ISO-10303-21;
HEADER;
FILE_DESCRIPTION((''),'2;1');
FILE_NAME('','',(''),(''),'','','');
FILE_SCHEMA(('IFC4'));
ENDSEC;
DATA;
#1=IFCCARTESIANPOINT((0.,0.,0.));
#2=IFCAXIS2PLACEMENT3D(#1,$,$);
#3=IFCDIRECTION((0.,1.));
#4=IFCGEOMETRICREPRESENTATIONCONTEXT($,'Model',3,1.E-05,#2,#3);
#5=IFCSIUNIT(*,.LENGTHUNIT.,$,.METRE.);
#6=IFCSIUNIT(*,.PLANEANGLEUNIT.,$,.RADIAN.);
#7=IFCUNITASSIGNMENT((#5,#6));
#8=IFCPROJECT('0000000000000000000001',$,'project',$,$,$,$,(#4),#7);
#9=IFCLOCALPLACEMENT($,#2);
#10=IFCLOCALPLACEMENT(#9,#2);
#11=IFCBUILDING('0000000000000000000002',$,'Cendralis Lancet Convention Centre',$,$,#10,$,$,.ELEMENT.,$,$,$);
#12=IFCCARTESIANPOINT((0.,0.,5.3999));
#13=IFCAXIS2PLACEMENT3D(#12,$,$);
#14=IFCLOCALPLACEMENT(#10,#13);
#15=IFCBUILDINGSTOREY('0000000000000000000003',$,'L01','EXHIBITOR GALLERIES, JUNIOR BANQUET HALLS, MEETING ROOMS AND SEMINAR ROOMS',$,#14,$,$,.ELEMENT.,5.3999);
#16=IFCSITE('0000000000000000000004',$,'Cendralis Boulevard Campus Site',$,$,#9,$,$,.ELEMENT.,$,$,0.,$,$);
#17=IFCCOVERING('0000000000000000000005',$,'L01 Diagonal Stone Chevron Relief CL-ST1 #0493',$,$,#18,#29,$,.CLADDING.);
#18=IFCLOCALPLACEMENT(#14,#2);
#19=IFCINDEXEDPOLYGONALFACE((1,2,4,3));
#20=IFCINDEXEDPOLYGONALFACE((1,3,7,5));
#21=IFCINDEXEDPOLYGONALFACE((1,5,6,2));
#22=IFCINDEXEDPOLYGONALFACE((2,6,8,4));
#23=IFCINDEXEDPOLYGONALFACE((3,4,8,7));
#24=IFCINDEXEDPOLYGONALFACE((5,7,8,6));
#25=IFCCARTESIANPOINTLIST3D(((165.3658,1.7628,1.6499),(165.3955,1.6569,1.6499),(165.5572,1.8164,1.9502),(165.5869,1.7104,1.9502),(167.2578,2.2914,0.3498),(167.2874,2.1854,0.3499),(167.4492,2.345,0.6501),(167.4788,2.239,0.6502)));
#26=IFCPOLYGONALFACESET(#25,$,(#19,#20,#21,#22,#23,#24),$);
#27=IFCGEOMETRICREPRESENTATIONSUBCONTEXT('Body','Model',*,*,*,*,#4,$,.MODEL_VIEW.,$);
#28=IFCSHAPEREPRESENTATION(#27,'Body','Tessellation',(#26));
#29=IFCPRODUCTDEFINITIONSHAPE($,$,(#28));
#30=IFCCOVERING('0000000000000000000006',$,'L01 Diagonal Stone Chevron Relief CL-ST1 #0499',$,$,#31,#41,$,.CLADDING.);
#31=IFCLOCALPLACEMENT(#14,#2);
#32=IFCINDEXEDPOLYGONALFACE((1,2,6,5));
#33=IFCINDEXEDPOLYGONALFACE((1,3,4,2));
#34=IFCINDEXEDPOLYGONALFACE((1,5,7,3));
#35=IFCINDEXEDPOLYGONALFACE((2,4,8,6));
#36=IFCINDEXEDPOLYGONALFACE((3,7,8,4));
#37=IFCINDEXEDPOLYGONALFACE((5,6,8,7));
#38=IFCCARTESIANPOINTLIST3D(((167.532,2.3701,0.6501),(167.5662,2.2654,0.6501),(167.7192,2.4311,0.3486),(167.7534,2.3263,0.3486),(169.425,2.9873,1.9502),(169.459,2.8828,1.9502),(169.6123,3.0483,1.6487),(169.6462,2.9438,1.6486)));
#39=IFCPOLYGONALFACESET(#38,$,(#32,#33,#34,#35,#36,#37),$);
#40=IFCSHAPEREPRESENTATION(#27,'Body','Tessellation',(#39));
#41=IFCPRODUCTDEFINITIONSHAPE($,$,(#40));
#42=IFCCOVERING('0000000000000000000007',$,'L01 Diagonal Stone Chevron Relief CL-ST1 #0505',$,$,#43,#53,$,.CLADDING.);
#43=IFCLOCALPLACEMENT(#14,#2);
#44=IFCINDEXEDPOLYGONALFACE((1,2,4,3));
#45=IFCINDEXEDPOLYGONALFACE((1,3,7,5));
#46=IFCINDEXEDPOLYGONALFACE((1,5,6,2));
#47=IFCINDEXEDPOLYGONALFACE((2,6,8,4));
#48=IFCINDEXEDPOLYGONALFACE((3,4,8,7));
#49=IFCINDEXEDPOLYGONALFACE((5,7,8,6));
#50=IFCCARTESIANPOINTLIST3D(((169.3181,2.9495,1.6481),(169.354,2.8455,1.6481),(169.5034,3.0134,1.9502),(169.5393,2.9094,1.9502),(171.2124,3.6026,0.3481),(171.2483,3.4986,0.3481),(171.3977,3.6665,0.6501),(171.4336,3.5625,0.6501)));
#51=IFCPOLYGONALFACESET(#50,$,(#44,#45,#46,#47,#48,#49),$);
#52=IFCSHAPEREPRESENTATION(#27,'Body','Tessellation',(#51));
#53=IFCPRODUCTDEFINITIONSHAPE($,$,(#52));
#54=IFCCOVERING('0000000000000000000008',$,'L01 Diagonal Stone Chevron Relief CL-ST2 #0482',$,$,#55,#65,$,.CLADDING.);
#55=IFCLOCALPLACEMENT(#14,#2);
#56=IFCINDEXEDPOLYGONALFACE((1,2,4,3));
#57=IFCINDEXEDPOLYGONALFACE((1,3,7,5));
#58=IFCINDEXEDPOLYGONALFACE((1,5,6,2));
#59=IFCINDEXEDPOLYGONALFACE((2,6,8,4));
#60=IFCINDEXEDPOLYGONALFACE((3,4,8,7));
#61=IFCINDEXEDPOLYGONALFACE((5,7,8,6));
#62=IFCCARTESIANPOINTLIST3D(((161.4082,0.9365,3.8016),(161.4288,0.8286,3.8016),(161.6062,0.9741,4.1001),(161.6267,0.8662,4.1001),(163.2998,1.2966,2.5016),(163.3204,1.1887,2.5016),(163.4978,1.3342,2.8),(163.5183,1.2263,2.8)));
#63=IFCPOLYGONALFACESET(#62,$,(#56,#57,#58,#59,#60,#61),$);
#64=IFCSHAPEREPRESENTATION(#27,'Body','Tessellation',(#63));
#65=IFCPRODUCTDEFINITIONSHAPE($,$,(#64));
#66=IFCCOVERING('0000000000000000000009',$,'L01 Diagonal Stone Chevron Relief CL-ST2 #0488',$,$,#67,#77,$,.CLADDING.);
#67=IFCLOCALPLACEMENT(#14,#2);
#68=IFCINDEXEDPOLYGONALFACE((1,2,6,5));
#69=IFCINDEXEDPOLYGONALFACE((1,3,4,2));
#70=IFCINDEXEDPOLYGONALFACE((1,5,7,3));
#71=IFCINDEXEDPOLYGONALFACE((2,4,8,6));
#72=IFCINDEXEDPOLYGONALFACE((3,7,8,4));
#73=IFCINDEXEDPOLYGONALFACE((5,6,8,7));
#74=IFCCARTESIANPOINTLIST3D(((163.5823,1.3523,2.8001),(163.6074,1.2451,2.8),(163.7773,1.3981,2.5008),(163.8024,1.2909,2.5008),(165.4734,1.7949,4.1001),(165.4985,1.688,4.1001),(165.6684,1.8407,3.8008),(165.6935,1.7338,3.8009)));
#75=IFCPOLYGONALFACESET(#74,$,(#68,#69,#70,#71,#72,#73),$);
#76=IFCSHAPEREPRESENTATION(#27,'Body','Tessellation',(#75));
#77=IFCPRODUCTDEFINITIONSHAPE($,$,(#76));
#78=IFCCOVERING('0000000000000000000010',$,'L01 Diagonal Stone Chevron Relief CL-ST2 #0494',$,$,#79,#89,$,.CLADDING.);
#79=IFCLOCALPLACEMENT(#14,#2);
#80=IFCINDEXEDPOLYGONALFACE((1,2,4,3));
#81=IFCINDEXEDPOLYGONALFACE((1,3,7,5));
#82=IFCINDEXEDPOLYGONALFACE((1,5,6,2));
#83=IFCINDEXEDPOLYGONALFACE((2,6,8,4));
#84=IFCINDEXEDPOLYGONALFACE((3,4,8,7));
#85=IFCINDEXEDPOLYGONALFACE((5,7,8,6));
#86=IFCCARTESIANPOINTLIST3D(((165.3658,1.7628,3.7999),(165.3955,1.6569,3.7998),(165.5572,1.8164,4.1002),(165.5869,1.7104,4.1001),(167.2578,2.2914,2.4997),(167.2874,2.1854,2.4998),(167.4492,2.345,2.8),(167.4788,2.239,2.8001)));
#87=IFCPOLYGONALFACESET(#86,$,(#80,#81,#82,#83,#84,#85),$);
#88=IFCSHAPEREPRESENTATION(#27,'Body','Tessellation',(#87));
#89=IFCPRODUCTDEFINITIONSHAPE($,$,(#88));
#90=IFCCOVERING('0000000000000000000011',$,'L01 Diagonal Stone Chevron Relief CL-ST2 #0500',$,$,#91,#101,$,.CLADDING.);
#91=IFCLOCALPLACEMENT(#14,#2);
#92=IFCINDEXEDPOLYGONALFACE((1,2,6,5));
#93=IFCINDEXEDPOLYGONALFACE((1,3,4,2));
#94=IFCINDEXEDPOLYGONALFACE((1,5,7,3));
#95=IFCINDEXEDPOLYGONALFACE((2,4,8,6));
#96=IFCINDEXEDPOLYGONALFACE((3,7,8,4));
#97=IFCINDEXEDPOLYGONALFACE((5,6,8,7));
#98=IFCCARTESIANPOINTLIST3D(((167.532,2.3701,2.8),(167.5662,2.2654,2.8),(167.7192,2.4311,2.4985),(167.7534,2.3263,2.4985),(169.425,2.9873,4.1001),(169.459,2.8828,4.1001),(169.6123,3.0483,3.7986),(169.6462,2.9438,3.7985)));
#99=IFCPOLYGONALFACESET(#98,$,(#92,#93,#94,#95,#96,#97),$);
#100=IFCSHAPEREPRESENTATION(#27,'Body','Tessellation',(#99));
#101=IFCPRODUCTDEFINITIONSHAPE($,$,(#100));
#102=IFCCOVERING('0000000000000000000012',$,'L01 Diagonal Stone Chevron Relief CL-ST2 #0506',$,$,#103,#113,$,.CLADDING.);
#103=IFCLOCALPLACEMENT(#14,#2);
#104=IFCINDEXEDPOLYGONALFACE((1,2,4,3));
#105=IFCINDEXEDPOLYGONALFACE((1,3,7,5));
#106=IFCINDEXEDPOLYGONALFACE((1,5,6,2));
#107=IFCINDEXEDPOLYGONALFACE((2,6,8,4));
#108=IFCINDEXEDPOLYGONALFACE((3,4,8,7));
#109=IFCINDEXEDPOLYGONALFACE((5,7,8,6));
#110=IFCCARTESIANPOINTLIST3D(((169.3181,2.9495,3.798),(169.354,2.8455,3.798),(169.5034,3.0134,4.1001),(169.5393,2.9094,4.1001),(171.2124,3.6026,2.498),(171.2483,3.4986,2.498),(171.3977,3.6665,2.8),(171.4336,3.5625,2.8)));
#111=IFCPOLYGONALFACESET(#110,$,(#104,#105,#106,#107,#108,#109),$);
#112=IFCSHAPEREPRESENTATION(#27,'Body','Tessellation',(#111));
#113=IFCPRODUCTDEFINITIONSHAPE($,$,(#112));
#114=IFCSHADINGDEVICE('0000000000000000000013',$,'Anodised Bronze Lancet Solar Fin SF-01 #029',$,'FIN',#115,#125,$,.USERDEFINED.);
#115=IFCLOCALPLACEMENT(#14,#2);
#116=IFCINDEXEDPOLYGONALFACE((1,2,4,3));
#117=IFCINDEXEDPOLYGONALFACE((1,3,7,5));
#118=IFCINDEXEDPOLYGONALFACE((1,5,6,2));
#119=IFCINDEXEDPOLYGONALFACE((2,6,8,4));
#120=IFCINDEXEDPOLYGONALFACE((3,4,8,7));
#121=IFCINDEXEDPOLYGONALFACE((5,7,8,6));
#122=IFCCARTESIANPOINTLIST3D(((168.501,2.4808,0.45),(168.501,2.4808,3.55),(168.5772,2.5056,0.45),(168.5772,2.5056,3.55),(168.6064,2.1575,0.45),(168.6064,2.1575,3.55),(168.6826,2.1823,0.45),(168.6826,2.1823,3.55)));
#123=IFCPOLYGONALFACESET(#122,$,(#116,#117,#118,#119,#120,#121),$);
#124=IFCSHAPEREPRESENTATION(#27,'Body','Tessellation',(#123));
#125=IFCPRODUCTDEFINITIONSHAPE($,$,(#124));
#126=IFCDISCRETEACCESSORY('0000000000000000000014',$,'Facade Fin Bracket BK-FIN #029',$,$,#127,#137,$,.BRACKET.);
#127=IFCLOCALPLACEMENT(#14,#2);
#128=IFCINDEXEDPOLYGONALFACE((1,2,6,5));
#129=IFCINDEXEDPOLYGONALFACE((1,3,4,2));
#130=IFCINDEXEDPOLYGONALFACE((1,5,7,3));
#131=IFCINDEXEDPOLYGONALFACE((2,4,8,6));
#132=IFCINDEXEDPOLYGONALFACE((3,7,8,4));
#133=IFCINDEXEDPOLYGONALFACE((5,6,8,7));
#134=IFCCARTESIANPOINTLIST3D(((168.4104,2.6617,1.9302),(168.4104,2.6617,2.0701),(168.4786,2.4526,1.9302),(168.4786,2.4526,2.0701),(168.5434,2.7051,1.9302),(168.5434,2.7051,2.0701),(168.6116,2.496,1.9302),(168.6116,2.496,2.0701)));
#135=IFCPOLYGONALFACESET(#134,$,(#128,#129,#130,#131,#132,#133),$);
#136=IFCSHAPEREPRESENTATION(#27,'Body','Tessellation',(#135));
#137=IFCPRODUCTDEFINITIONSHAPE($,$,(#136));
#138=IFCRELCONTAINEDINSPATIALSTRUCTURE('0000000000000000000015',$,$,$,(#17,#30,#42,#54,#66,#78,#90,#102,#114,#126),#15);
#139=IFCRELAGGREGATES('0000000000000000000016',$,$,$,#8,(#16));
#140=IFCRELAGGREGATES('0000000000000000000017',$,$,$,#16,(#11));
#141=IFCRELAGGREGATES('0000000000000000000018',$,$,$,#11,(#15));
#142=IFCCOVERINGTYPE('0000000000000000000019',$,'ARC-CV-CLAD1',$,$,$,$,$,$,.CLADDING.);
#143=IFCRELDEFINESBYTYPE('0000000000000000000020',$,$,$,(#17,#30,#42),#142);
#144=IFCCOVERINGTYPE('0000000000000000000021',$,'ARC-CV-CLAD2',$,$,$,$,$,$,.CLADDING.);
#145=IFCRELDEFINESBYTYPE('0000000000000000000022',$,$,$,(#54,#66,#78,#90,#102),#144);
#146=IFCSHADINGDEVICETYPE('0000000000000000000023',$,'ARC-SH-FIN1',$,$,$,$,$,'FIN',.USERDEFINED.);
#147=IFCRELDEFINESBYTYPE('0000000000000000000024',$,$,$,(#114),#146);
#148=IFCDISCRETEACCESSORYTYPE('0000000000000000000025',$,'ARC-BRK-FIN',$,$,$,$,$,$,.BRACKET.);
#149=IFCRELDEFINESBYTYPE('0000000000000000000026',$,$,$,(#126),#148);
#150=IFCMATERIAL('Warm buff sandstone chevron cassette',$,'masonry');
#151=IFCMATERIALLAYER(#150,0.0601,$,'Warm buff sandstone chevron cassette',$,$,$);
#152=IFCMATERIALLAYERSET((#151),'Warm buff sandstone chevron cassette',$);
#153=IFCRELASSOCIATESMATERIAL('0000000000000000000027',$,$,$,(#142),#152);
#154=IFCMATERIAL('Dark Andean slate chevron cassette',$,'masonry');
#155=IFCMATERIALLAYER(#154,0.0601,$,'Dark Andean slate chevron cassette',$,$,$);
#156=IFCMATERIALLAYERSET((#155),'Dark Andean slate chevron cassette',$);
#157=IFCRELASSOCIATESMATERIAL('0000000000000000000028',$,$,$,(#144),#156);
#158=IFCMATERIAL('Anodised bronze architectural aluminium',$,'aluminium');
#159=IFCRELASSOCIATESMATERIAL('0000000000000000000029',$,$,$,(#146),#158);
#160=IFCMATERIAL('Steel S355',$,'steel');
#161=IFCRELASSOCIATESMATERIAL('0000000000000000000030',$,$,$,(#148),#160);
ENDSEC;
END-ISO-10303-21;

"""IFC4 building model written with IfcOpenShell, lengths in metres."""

from ifc_helpers import new_model, si_unit, direction, frame, origin, origin_2d, place, context, subcontext, project, spatial, polyline, rectangle, outline, extrude, material, layer, layer_set, type_object, element, save


model = new_model("IFC4")

# Units and contexts
model_context = context("Model", 3, precision=1e-05, world=origin(), true_north=direction((0.0, 1.0)))
body_context = subcontext(model_context, "Body", "Model", "MODEL_VIEW")
ifc_project = project(units=[si_unit("LENGTHUNIT", "METRE"), si_unit("PLANEANGLEUNIT", "RADIAN")], contexts=[model_context])

# Site, building, storey
site_placement = place(None, origin())
site = spatial("IfcSite", under=ifc_project, at=site_placement, Name="Cendralis Boulevard Campus Site", CompositionType="ELEMENT", RefElevation=0.0)
building_placement = place(site_placement, origin())
building = spatial("IfcBuilding", under=site, at=building_placement, Name="Cendralis Lancet Convention Centre", CompositionType="ELEMENT")
storey_placement = place(building_placement, frame((0.0, 0.0, 5.3999)))
storey = spatial("IfcBuildingStorey", under=building, at=storey_placement, Name="L01", Description="EXHIBITOR GALLERIES, JUNIOR BANQUET HALLS, MEETING ROOMS AND SEMINAR ROOMS", CompositionType="ELEMENT", Elevation=5.3999)

# Shared definitions
ifc_material_1 = material(Name="Warm buff sandstone chevron cassette", Category="masonry")
ifc_material_2 = material(Name="Dark Andean slate chevron cassette", Category="masonry")

# Coverings
ifc_layer_1 = layer(ifc_material_1, 0.0601, Name="Warm buff sandstone chevron cassette")
ifc_layer_set_1 = layer_set([ifc_layer_1], Name="Warm buff sandstone chevron cassette")
covering_type_1 = type_object("IfcCoveringType", Name="ARC-CV-CLAD1", PredefinedType="CLADDING", material=ifc_layer_set_1)
covering_1_placement = place(storey_placement, frame((165.5869, 1.7104, 1.9502), z_axis=(0.531454, 0.148783, 0.833919), x_axis=(0.803161, 0.224396, -0.551887)))
element("IfcCovering", 1, at=covering_1_placement, inside=storey, type_object=covering_type_1, Name="L01 Diagonal Stone Chevron Relief CL-ST1 #0493", PredefinedType="CLADDING", context=body_context, shape_type="SweptSolid", body=[
    extrude(outline(polyline([(0.0, 0.0), (2.3555, 0.0), (2.3556, 0.11), (-0.0001, 0.1101), (0.0, 0.0)])), origin(), (0.0, 0.0, -1.0), 0.3601),
])
covering_2_placement = place(storey_placement, frame((167.5662, 2.2654, 0.6501), z_axis=(-0.519865, -0.169244, 0.837315), x_axis=(0.796035, 0.259664, 0.54672)))
element("IfcCovering", 2, at=covering_2_placement, inside=storey, type_object=covering_type_1, Name="L01 Diagonal Stone Chevron Relief CL-ST1 #0499", PredefinedType="CLADDING", context=body_context, shape_type="SweptSolid", body=[
    extrude(outline(polyline([(0.0, 0.0), (2.3778, 0.0), (2.378, 0.1099), (0.0, 0.1102), (0.0, 0.0)])), origin(), (0.0, 0.0, -1.0), 0.3601),
])
covering_3_placement = place(storey_placement, frame((169.5393, 2.9094, 1.9502), z_axis=(0.514522, 0.177546, 0.838895), x_axis=(0.793085, 0.273425, -0.544294)))
element("IfcCovering", 3, at=covering_3_placement, inside=storey, type_object=covering_type_1, Name="L01 Diagonal Stone Chevron Relief CL-ST1 #0505", PredefinedType="CLADDING", context=body_context, shape_type="SweptSolid", body=[
    extrude(outline(polyline([(0.0, 0.0), (2.3885, 0.0), (2.3885, 0.11), (0.0, 0.11), (0.0, 0.0)])), origin(), (0.0, 0.0, -1.0), 0.3601),
])
ifc_layer_2 = layer(ifc_material_2, 0.0601, Name="Dark Andean slate chevron cassette")
ifc_layer_set_2 = layer_set([ifc_layer_2], Name="Dark Andean slate chevron cassette")
covering_type_2 = type_object("IfcCoveringType", Name="ARC-CV-CLAD2", PredefinedType="CLADDING", material=ifc_layer_set_2)
covering_4_placement = place(storey_placement, frame((161.6267, 0.8662, 4.1001), z_axis=(0.549719, 0.104471, 0.828791), x_axis=(0.814169, 0.154995, -0.559558)))
element("IfcCovering", 4, at=covering_4_placement, inside=storey, type_object=covering_type_2, Name="L01 Diagonal Stone Chevron Relief CL-ST2 #0482", PredefinedType="CLADDING", context=body_context, shape_type="SweptSolid", body=[
    extrude(outline(polyline([(0.0, 0.0), (2.3234, 0.0), (2.3234, 0.1098), (0.0, 0.1098), (0.0, 0.0)])), origin(), (0.0, 0.0, -1.0), 0.3601),
])
covering_5_placement = place(storey_placement, frame((163.6074, 1.2451, 2.8), z_axis=(-0.541506, -0.127195, 0.831019), x_axis=(0.809128, 0.189486, 0.556244)))
element("IfcCovering", 5, at=covering_5_placement, inside=storey, type_object=covering_type_2, Name="L01 Diagonal Stone Chevron Relief CL-ST2 #0488", PredefinedType="CLADDING", context=body_context, shape_type="SweptSolid", body=[
    extrude(outline(polyline([(0.0, 0.0), (2.3372, 0.0), (2.3371, 0.1099), (0.0, 0.1101), (0.0, 0.0)])), origin(), (0.0, 0.0, -1.0), 0.3601),
])
covering_6_placement = place(storey_placement, frame((165.5869, 1.7104, 4.1001), z_axis=(0.531454, 0.148783, 0.833919), x_axis=(0.803161, 0.224396, -0.551887)))
element("IfcCovering", 6, at=covering_6_placement, inside=storey, type_object=covering_type_2, Name="L01 Diagonal Stone Chevron Relief CL-ST2 #0494", PredefinedType="CLADDING", context=body_context, shape_type="SweptSolid", body=[
    extrude(outline(polyline([(0.0, 0.0), (2.3555, 0.0), (2.3556, 0.11), (-0.0001, 0.1101), (0.0, 0.0)])), origin(), (0.0, 0.0, -1.0), 0.3601),
])
covering_7_placement = place(storey_placement, frame((167.5662, 2.2654, 2.8), z_axis=(-0.519865, -0.169244, 0.837315), x_axis=(0.796035, 0.259664, 0.54672)))
element("IfcCovering", 7, at=covering_7_placement, inside=storey, type_object=covering_type_2, Name="L01 Diagonal Stone Chevron Relief CL-ST2 #0500", PredefinedType="CLADDING", context=body_context, shape_type="SweptSolid", body=[
    extrude(outline(polyline([(0.0, 0.0), (2.3778, 0.0), (2.378, 0.1099), (0.0, 0.1102), (0.0, 0.0)])), origin(), (0.0, 0.0, -1.0), 0.3601),
])
covering_8_placement = place(storey_placement, frame((169.5393, 2.9094, 4.1001), z_axis=(0.514522, 0.177546, 0.838895), x_axis=(0.793085, 0.273425, -0.544294)))
element("IfcCovering", 8, at=covering_8_placement, inside=storey, type_object=covering_type_2, Name="L01 Diagonal Stone Chevron Relief CL-ST2 #0506", PredefinedType="CLADDING", context=body_context, shape_type="SweptSolid", body=[
    extrude(outline(polyline([(0.0, 0.0), (2.3885, 0.0), (2.3885, 0.11), (0.0, 0.11), (0.0, 0.0)])), origin(), (0.0, 0.0, -1.0), 0.3601),
])

# Shading device
ifc_material_3 = material(Name="Anodised bronze architectural aluminium", Category="aluminium")
shading_device_type = type_object("IfcShadingDeviceType", Name="ARC-SH-FIN1", ElementType="FIN", PredefinedType="USERDEFINED", material=ifc_material_3)
shading_device_placement = place(storey_placement, frame((168.5918, 2.3315, 0.45), z_axis=(0.0, 0.0, 1.0), x_axis=(0.950738, 0.309996, 0.0)))
element("IfcShadingDevice", 9, at=shading_device_placement, inside=storey, type_object=shading_device_type, Name="Anodised Bronze Lancet Solar Fin SF-01 #029", ObjectType="FIN", PredefinedType="USERDEFINED", context=body_context, shape_type="SweptSolid", body=[
    extrude(rectangle(XDim=0.0801, YDim=0.3401, at=origin_2d()), origin(), (0.0, 0.0, 1.0), 3.1001),
])

# Discrete accessory
ifc_material_4 = material(Name="Steel S355", Category="steel")
discrete_accessory_type = type_object("IfcDiscreteAccessoryType", Name="ARC-BRK-FIN", PredefinedType="BRACKET", material=ifc_material_4)
discrete_accessory_placement = place(storey_placement, frame((168.511, 2.5789, 1.9302), z_axis=(0.0, 0.0, 1.0), x_axis=(0.950738, 0.309996, 0.0)))
element("IfcDiscreteAccessory", 10, at=discrete_accessory_placement, inside=storey, type_object=discrete_accessory_type, Name="Facade Fin Bracket BK-FIN #029", PredefinedType="BRACKET", context=body_context, shape_type="SweptSolid", body=[
    extrude(rectangle(XDim=0.1399, YDim=0.22, at=origin_2d()), origin(), (0.0, 0.0, 1.0), 0.1399),
])

save(model, "model.ifc")
